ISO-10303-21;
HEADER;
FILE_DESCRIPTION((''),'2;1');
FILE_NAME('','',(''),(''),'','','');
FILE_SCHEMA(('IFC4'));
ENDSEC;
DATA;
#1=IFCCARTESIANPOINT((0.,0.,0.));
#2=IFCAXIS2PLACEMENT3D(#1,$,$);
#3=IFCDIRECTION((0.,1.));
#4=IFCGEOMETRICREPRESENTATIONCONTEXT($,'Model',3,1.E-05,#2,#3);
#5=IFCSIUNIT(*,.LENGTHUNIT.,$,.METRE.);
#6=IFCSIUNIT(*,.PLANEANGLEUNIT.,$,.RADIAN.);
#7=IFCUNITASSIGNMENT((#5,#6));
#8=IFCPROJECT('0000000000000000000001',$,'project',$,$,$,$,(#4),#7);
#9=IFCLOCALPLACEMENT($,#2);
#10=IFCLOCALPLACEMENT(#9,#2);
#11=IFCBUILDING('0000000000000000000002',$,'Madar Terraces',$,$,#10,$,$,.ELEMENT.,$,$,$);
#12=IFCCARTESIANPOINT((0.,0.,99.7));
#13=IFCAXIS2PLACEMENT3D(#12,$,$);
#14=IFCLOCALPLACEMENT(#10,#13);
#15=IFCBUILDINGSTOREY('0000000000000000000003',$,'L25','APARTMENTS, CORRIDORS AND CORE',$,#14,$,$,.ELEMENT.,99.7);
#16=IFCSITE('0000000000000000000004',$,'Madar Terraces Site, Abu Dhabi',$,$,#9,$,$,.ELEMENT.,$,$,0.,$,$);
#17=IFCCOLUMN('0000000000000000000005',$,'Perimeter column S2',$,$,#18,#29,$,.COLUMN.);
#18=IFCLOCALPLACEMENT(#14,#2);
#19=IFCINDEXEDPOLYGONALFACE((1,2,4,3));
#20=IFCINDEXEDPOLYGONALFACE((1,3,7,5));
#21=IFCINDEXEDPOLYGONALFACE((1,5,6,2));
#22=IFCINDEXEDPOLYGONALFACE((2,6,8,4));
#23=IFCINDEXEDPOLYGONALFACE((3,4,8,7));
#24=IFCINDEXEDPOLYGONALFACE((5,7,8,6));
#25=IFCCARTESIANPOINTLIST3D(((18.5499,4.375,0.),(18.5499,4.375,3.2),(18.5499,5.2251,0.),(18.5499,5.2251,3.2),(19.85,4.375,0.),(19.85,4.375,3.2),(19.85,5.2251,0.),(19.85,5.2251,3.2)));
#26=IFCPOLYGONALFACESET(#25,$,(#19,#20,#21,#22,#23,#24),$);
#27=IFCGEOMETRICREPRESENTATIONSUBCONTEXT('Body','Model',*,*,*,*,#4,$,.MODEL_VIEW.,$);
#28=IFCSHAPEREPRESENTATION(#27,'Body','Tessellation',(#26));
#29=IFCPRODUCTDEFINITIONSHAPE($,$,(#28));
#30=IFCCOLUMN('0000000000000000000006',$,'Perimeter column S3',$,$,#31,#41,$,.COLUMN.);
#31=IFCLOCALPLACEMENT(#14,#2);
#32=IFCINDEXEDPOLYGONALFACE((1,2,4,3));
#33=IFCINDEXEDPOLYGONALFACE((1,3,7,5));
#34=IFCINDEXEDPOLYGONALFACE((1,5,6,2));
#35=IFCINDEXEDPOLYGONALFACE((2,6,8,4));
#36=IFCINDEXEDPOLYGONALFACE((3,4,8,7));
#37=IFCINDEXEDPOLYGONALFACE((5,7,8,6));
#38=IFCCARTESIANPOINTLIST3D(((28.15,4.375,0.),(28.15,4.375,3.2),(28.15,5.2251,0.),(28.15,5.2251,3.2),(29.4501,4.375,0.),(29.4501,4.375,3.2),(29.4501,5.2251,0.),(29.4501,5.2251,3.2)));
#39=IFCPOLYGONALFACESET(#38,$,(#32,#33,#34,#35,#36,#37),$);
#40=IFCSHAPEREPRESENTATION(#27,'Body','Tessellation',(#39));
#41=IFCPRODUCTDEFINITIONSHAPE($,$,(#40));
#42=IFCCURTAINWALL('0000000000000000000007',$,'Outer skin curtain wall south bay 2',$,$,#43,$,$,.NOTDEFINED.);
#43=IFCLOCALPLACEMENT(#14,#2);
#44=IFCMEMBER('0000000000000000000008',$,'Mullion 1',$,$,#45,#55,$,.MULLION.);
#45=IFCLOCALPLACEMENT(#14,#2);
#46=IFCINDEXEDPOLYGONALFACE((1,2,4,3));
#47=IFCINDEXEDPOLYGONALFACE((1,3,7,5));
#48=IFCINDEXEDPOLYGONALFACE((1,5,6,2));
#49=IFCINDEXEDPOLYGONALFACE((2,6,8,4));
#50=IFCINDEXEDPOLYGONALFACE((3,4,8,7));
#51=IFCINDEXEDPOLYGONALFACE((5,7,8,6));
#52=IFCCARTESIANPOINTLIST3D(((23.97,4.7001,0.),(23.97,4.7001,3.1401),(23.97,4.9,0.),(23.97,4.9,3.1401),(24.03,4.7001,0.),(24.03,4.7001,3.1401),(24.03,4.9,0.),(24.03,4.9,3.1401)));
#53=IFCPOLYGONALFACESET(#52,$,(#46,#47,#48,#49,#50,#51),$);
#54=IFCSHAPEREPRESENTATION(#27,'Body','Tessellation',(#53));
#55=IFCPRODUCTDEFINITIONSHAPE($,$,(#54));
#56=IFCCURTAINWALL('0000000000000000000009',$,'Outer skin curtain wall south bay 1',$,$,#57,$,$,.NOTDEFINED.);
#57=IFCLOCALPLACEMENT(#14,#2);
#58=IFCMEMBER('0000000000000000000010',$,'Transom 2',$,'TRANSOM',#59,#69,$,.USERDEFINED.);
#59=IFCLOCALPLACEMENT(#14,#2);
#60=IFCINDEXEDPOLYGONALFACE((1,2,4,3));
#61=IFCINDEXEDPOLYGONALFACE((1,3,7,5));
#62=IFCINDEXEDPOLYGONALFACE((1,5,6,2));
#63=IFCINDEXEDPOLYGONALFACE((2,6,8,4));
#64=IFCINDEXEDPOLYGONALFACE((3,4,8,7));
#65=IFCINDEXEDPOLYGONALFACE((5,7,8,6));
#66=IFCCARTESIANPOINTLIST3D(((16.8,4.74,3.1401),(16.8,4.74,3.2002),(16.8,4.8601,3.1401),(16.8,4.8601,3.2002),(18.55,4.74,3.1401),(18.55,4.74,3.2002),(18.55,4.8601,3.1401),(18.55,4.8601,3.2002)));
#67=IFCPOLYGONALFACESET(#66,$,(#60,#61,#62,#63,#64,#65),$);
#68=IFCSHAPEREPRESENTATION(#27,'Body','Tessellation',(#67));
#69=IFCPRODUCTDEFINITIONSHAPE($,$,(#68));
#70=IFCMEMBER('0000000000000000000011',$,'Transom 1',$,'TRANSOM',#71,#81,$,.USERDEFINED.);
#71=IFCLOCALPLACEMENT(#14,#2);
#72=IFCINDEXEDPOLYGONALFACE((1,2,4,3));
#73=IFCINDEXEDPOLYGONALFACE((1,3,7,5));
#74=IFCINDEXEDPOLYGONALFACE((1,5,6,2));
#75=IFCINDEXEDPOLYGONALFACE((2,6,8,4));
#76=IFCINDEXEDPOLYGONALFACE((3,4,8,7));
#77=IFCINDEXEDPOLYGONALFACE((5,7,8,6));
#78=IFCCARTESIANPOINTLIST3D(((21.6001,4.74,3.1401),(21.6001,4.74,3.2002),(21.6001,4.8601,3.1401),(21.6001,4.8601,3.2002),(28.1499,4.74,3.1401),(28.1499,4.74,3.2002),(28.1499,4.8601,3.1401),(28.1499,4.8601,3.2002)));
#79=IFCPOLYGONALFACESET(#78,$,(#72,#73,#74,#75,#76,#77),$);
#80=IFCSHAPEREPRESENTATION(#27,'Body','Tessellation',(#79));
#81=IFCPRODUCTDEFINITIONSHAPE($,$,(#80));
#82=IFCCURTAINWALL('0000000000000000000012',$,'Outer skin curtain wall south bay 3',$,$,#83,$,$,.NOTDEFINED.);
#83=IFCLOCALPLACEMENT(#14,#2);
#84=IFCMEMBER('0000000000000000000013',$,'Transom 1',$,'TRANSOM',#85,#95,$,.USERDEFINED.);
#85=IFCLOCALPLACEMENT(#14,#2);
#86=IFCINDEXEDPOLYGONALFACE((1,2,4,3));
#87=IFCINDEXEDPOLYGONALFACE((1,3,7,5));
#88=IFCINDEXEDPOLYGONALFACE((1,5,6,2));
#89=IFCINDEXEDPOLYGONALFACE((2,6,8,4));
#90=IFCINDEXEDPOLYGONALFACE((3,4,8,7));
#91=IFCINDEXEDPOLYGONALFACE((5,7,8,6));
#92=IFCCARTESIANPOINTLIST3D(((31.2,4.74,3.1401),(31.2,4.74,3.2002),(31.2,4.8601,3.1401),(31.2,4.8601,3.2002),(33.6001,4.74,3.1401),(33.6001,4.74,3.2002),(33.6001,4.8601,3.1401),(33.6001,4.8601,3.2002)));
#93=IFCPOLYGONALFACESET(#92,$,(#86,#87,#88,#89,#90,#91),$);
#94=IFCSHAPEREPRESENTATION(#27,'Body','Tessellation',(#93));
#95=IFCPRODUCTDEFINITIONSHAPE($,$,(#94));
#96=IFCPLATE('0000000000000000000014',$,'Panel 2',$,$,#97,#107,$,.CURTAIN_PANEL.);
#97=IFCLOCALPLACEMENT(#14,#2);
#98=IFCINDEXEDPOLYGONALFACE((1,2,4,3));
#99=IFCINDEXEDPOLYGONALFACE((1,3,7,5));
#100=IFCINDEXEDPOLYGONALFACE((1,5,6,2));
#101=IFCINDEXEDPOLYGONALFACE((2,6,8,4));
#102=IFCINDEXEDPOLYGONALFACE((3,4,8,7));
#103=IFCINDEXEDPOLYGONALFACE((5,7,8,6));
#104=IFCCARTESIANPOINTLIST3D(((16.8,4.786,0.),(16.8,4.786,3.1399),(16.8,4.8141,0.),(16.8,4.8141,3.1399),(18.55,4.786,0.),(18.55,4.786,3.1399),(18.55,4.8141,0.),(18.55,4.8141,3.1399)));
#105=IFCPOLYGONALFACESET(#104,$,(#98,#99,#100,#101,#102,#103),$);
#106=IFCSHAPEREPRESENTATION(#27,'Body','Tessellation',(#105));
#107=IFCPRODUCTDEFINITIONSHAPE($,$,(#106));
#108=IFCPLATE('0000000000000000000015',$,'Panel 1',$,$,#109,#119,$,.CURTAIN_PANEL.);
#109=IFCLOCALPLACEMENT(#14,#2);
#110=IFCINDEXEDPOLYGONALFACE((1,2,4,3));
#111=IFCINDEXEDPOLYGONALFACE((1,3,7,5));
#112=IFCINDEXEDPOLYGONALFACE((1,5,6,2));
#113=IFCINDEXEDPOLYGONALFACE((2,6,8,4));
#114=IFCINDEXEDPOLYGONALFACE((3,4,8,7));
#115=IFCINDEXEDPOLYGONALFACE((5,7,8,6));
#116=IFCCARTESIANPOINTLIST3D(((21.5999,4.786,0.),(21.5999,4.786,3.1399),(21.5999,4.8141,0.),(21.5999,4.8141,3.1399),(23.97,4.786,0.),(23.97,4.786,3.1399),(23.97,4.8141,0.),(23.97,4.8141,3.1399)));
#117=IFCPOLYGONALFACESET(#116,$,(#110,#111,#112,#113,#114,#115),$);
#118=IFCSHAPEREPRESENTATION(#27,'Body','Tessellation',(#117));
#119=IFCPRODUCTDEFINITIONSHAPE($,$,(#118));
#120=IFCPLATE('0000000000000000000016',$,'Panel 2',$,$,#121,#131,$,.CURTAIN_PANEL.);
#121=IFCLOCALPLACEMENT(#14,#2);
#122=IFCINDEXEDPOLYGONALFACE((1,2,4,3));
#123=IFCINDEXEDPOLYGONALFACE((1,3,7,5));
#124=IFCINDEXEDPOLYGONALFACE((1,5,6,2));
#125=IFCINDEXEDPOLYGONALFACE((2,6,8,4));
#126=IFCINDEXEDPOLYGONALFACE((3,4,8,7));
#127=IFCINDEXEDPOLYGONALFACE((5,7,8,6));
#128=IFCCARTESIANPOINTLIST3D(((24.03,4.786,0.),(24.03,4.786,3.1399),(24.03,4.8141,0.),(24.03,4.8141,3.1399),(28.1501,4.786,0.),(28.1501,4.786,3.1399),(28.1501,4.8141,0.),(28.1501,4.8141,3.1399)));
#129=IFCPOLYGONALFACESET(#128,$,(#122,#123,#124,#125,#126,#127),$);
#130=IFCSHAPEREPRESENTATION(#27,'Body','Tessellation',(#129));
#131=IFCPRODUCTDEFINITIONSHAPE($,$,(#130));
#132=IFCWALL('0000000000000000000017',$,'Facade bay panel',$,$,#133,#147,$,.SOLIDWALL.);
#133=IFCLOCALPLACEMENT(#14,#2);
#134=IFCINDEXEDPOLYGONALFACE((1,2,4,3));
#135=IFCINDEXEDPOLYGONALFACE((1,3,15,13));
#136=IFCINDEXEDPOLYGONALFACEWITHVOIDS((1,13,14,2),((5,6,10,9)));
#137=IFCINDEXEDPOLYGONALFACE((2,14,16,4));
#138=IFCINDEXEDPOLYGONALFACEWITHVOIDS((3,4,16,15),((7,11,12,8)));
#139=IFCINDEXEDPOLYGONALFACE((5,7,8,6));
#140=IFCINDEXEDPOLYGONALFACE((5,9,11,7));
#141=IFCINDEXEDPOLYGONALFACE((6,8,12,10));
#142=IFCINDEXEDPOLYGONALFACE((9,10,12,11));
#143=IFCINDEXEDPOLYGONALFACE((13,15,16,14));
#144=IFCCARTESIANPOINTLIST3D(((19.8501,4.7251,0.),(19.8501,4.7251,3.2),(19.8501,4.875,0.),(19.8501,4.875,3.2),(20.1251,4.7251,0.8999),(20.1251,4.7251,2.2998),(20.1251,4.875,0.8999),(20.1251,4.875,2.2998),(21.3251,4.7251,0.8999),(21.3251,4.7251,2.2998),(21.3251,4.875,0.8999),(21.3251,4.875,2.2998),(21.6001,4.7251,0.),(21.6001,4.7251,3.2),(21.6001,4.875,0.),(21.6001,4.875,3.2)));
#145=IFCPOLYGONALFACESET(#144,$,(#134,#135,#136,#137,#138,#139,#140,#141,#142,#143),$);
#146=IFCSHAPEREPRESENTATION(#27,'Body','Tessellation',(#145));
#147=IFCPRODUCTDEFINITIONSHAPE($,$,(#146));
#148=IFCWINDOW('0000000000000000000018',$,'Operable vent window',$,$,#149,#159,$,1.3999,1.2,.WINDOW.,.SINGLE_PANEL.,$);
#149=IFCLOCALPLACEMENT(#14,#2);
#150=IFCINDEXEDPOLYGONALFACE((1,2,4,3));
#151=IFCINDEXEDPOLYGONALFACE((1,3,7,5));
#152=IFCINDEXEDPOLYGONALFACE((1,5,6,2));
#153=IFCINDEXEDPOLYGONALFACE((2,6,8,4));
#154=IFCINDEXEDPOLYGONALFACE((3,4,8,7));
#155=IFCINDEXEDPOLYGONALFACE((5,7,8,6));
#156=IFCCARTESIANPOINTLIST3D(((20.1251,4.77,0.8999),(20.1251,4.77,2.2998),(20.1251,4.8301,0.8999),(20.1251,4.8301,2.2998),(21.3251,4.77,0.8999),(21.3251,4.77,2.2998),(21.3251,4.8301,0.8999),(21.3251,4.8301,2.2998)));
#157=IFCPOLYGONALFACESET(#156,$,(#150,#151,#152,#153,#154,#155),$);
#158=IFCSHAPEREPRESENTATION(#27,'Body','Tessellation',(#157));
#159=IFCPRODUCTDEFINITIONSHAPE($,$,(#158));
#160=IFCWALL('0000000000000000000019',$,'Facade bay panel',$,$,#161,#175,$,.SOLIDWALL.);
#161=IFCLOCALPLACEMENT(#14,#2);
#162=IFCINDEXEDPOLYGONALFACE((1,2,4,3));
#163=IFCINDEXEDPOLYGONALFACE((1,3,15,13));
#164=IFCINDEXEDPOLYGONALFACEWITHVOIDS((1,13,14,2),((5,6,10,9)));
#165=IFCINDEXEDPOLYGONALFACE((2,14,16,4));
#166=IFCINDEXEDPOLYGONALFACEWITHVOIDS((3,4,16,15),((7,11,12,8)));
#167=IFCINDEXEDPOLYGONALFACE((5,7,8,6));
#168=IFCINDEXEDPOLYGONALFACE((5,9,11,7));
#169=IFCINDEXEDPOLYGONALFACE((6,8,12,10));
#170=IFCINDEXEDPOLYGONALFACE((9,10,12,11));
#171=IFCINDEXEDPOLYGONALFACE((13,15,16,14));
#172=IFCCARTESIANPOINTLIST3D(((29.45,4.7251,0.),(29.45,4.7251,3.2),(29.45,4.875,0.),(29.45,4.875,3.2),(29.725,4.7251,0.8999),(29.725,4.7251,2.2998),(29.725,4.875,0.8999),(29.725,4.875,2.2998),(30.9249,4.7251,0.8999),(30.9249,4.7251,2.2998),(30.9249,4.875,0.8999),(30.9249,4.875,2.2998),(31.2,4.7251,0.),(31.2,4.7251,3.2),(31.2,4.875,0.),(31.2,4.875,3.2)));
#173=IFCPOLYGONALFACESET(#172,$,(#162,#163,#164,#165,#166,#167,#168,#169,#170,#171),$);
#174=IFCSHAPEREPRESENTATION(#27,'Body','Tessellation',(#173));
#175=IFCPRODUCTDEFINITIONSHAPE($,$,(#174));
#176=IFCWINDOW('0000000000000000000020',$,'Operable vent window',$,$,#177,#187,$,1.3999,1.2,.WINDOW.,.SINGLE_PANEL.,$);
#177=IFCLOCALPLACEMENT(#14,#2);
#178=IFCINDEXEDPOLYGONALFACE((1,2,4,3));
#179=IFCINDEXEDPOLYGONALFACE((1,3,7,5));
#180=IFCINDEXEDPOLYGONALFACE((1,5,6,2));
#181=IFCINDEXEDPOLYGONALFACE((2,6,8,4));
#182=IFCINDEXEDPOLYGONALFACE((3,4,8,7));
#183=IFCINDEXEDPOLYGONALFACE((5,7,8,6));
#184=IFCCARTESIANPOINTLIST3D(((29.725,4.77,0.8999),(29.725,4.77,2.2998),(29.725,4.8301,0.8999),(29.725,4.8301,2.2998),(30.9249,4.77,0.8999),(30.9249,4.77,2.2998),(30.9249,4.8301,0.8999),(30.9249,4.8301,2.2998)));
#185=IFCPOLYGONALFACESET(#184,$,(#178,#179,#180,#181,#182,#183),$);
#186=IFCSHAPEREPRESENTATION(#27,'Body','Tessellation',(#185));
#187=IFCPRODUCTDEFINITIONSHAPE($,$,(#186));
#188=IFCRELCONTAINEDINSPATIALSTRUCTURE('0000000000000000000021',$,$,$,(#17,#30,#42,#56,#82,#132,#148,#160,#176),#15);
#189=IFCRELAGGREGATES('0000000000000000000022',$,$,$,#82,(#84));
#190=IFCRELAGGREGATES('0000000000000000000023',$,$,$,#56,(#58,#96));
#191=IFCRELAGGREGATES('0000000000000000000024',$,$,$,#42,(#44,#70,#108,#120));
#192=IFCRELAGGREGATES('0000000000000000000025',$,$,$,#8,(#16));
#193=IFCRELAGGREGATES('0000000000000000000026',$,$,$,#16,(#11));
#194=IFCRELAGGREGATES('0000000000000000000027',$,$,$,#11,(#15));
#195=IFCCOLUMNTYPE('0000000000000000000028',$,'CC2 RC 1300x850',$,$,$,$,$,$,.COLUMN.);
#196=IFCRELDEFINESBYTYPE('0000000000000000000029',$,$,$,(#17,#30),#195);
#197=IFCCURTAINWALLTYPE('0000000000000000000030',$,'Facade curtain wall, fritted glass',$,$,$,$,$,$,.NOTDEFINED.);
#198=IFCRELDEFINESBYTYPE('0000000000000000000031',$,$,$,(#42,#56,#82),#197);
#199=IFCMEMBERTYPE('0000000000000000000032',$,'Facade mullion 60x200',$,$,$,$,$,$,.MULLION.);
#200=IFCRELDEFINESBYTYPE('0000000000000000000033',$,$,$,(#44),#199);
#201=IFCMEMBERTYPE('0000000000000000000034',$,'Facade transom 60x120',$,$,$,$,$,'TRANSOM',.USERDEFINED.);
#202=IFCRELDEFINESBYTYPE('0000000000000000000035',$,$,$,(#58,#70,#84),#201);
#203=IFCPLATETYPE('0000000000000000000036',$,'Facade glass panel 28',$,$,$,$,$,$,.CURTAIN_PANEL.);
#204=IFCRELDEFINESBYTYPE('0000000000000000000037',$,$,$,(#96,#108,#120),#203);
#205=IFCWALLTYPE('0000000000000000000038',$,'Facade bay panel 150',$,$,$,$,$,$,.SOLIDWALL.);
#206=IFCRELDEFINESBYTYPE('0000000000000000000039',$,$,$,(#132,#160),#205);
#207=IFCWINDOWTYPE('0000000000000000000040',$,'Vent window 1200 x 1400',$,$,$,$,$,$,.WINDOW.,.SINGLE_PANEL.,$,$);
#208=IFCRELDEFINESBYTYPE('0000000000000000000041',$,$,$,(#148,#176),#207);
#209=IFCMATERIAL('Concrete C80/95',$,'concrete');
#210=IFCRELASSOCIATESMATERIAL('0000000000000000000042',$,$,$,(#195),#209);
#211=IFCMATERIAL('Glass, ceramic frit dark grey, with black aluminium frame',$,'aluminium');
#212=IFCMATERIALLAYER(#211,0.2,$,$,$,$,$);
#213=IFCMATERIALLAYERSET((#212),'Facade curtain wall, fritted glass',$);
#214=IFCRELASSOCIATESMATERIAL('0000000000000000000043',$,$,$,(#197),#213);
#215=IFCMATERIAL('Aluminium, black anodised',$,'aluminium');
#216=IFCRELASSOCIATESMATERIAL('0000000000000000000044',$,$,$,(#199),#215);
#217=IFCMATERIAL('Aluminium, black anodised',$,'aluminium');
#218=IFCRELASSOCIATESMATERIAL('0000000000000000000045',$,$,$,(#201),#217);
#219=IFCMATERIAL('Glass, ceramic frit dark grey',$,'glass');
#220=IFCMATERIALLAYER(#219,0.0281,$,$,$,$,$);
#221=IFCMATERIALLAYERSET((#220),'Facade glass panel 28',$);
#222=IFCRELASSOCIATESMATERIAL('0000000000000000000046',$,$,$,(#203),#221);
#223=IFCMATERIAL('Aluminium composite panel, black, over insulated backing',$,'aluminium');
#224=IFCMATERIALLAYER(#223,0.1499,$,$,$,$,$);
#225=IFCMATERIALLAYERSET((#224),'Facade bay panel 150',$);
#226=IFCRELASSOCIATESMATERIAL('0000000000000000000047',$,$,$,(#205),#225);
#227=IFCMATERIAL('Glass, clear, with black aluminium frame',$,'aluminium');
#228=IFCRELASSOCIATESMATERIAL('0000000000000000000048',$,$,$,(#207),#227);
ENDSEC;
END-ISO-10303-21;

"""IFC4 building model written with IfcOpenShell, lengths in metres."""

from ifc_helpers import new_model, si_unit, direction, frame, frame_2d, origin, origin_2d, place, context, subcontext, project, spatial, rectangle, extrude, material, layer, layer_set, material_profile, profile_set, type_object, element, fill, aggregate, save


model = new_model("IFC4")

# Units and contexts
model_context = context("Model", 3, precision=1e-05, world=origin(), true_north=direction((0.0, 1.0)))
body_context = subcontext(model_context, "Body", "Model", "MODEL_VIEW")
ifc_project = project(units=[si_unit("LENGTHUNIT", "METRE"), si_unit("PLANEANGLEUNIT", "RADIAN")], contexts=[model_context])

# Site, building, storey
site_placement = place(None, origin())
site = spatial("IfcSite", under=ifc_project, at=site_placement, Name="Madar Terraces Site, Abu Dhabi", CompositionType="ELEMENT", RefElevation=0.0)
building_placement = place(site_placement, origin())
building = spatial("IfcBuilding", under=site, at=building_placement, Name="Madar Terraces", CompositionType="ELEMENT")
storey_placement = place(building_placement, frame((0.0, 0.0, 99.7)))
storey = spatial("IfcBuildingStorey", under=building, at=storey_placement, Name="L25", Description="APARTMENTS, CORRIDORS AND CORE", CompositionType="ELEMENT", Elevation=99.7)

# Columns
ifc_material_1 = material(Name="Concrete C80/95", Category="concrete")
ifc_material_profile_1 = material_profile(ifc_material_1, rectangle(XDim=1.3, YDim=0.8501, at=origin_2d()), Name="CC2 RC 1300x850")
ifc_profile_set_1 = profile_set([ifc_material_profile_1], Name="Concrete C80/95")
column_type = type_object("IfcColumnType", Name="CC2 RC 1300x850", PredefinedType="COLUMN", material=ifc_profile_set_1)
for number, where, z_axis, x_axis, name in (
    (1, (19.2, 4.8, 0.0), (0.0, 0.0, 1.0), (1.0, 0.0, 0.0), "Perimeter column S2"),
    (2, (28.8, 4.8, 0.0), (0.0, 0.0, 1.0), (1.0, 0.0, 0.0), "Perimeter column S3"),
):
    element("IfcColumn", number, at=place(storey_placement, frame(where, z_axis=z_axis, x_axis=x_axis)), inside=storey, type_object=column_type, Name=name, PredefinedType="COLUMN", context=body_context, shape_type="SweptSolid", body=[
        extrude(rectangle(XDim=1.3, YDim=0.8501, at=origin_2d()), origin(), (0.0, 0.0, 1.0), 3.2),
    ])

# Curtain walls, members
ifc_material_2 = material(Name="Glass, ceramic frit dark grey, with black aluminium frame", Category="aluminium")
ifc_layer_1 = layer(ifc_material_2, 0.2)
ifc_layer_set_1 = layer_set([ifc_layer_1], Name="Facade curtain wall, fritted glass")
curtain_wall_type = type_object("IfcCurtainWallType", Name="Facade curtain wall, fritted glass", PredefinedType="NOTDEFINED", material=ifc_layer_set_1)
curtain_wall_1_placement = place(storey_placement, origin())
curtain_wall_1 = element("IfcCurtainWall", 3, at=curtain_wall_1_placement, inside=storey, type_object=curtain_wall_type, Name="Outer skin curtain wall south bay 2", PredefinedType="NOTDEFINED")
ifc_material_3 = material(Name="Aluminium, black anodised", Category="aluminium")
ifc_material_profile_2 = material_profile(ifc_material_3, rectangle(XDim=0.2, YDim=0.0601, at=origin_2d()), Name="Facade mullion 60x200")
ifc_profile_set_2 = profile_set([ifc_material_profile_2], Name="Aluminium, black anodised")
member_type_1 = type_object("IfcMemberType", Name="Facade mullion 60x200", PredefinedType="MULLION", material=ifc_profile_set_2)
member_1_placement = place(storey_placement, frame((24.0, 4.8, 0.0), z_axis=(0.0, 0.0, 1.0), x_axis=(0.0, 1.0, 0.0)))
member_1 = element("IfcMember", 4, at=member_1_placement, type_object=member_type_1, Name="Mullion 1", PredefinedType="MULLION", context=body_context, shape_type="SweptSolid", body=[
    extrude(rectangle(XDim=0.2, YDim=0.0601, at=origin_2d()), origin(), (0.0, 0.0, 1.0), 3.1401),
])
curtain_wall_2_placement = place(storey_placement, origin())
curtain_wall_2 = element("IfcCurtainWall", 5, at=curtain_wall_2_placement, inside=storey, type_object=curtain_wall_type, Name="Outer skin curtain wall south bay 1", PredefinedType="NOTDEFINED")
ifc_material_4 = material(Name="Aluminium, black anodised", Category="aluminium")
ifc_material_profile_3 = material_profile(ifc_material_4, rectangle(XDim=0.1201, YDim=0.0601, at=origin_2d()), Name="Facade transom 60x120")
ifc_profile_set_3 = profile_set([ifc_material_profile_3], Name="Aluminium, black anodised")
member_type_2 = type_object("IfcMemberType", Name="Facade transom 60x120", ElementType="TRANSOM", PredefinedType="USERDEFINED", material=ifc_profile_set_3)
member_2_placement = place(storey_placement, frame((16.8, 4.8, 3.1702), z_axis=(1.0, 0.0, 0.0), x_axis=(0.0, 1.0, 0.0)))
member_2 = element("IfcMember", 6, at=member_2_placement, type_object=member_type_2, Name="Transom 2", ObjectType="TRANSOM", PredefinedType="USERDEFINED", context=body_context, shape_type="SweptSolid", body=[
    extrude(rectangle(XDim=0.1201, YDim=0.0601, at=origin_2d()), origin(), (0.0, 0.0, 1.0), 1.75),
])

# Member
member_3_placement = place(storey_placement, frame((21.6001, 4.8, 3.1702), z_axis=(1.0, 0.0, 0.0), x_axis=(0.0, 1.0, 0.0)))
member_3 = element("IfcMember", 7, at=member_3_placement, type_object=member_type_2, Name="Transom 1", ObjectType="TRANSOM", PredefinedType="USERDEFINED", context=body_context, shape_type="SweptSolid", body=[
    extrude(rectangle(XDim=0.1201, YDim=0.0601, at=origin_2d()), origin(), (0.0, 0.0, 1.0), 6.5498),
])

# Curtain wall, member
curtain_wall_3_placement = place(storey_placement, origin())
curtain_wall_3 = element("IfcCurtainWall", 8, at=curtain_wall_3_placement, inside=storey, type_object=curtain_wall_type, Name="Outer skin curtain wall south bay 3", PredefinedType="NOTDEFINED")
member_4_placement = place(storey_placement, frame((31.2, 4.8, 3.1702), z_axis=(1.0, 0.0, 0.0), x_axis=(0.0, 1.0, 0.0)))
member_4 = element("IfcMember", 9, at=member_4_placement, type_object=member_type_2, Name="Transom 1", ObjectType="TRANSOM", PredefinedType="USERDEFINED", context=body_context, shape_type="SweptSolid", body=[
    extrude(rectangle(XDim=0.1201, YDim=0.0601, at=origin_2d()), origin(), (0.0, 0.0, 1.0), 2.4001),
])
aggregate(curtain_wall_3, [member_4])

# Plates
ifc_material_5 = material(Name="Glass, ceramic frit dark grey", Category="glass")
ifc_layer_2 = layer(ifc_material_5, 0.0281)
ifc_layer_set_2 = layer_set([ifc_layer_2], Name="Facade glass panel 28")
plate_type = type_object("IfcPlateType", Name="Facade glass panel 28", PredefinedType="CURTAIN_PANEL", material=ifc_layer_set_2)
plate_1_placement = place(storey_placement, frame((17.675, 4.8, 0.0), z_axis=(0.0, 0.0, 1.0), x_axis=(1.0, 0.0, 0.0)))
plate_1 = element("IfcPlate", 10, at=plate_1_placement, type_object=plate_type, Name="Panel 2", PredefinedType="CURTAIN_PANEL", context=body_context, shape_type="SweptSolid", body=[
    extrude(rectangle(XDim=1.75, YDim=0.0281, at=origin_2d()), origin(), (0.0, 0.0, 1.0), 3.1399),
])
aggregate(curtain_wall_2, [member_2, plate_1])
plate_2_placement = place(storey_placement, frame((22.7849, 4.8, 0.0), z_axis=(0.0, 0.0, 1.0), x_axis=(1.0, 0.0, 0.0)))
plate_2 = element("IfcPlate", 11, at=plate_2_placement, type_object=plate_type, Name="Panel 1", PredefinedType="CURTAIN_PANEL", context=body_context, shape_type="SweptSolid", body=[
    extrude(rectangle(XDim=2.3701, YDim=0.0281, at=origin_2d()), origin(), (0.0, 0.0, 1.0), 3.1399),
])
plate_3_placement = place(storey_placement, frame((26.0901, 4.8, 0.0), z_axis=(0.0, 0.0, 1.0), x_axis=(1.0, 0.0, 0.0)))
plate_3 = element("IfcPlate", 12, at=plate_3_placement, type_object=plate_type, Name="Panel 2", PredefinedType="CURTAIN_PANEL", context=body_context, shape_type="SweptSolid", body=[
    extrude(rectangle(XDim=4.1201, YDim=0.0281, at=origin_2d()), origin(), (0.0, 0.0, 1.0), 3.1399),
])
aggregate(curtain_wall_1, [member_1, member_3, plate_2, plate_3])

# Shared definitions
ifc_material_6 = material(Name="Aluminium composite panel, black, over insulated backing", Category="aluminium")
ifc_layer_3 = layer(ifc_material_6, 0.1499)
ifc_layer_set_3 = layer_set([ifc_layer_3], Name="Facade bay panel 150")
wall_type_1 = type_object("IfcWallType", Name="Facade bay panel 150", PredefinedType="SOLIDWALL", material=ifc_layer_set_3)

# Walls, openings, windows
wall_1_placement = place(storey_placement, frame((19.8501, 4.8, 0.0), z_axis=(0.0, 0.0, 1.0), x_axis=(1.0, 0.0, 0.0)))
wall_1 = element("IfcWall", 13, at=wall_1_placement, inside=storey, type_object=wall_type_1, Name="Facade bay panel", PredefinedType="SOLIDWALL", context=body_context, shape_type="SweptSolid", body=[
    extrude(rectangle(XDim=1.75, YDim=0.1499, at=frame_2d((0.875, 0.0))), origin(), (0.0, 0.0, 1.0), 3.2),
])
opening_1_placement = place(wall_1_placement, frame((0.2749, 0.0, 0.8999)))
opening_1 = element("IfcOpeningElement", 14, at=opening_1_placement, cuts=wall_1, PredefinedType="OPENING", context=body_context, shape_type="SweptSolid", body=[
    extrude(rectangle(XDim=1.2, YDim=1.3999, at=frame_2d((0.6001, 0.7))), frame((0.0, 0.085, 0.0), z_axis=(0.0, -1.0, 0.0), x_axis=(1.0, 0.0, 0.0)), (0.0, 0.0, 1.0), 0.1699),
])
ifc_material_7 = material(Name="Glass, clear, with black aluminium frame", Category="aluminium")
window_type = type_object("IfcWindowType", Name="Vent window 1200 x 1400", PartitioningType="SINGLE_PANEL", PredefinedType="WINDOW", material=ifc_material_7)
window_1_placement = place(opening_1_placement, origin())
window_1 = element("IfcWindow", 15, at=window_1_placement, inside=storey, type_object=window_type, Name="Operable vent window", OverallHeight=1.3999, OverallWidth=1.2, PartitioningType="SINGLE_PANEL", PredefinedType="WINDOW", context=body_context, shape_type="SweptSolid", body=[
    extrude(rectangle(XDim=1.2, YDim=1.3999, at=frame_2d((0.6001, 0.7))), frame((0.0, 0.03, 0.0), z_axis=(0.0, -1.0, 0.0), x_axis=(1.0, 0.0, 0.0)), (0.0, 0.0, 1.0), 0.0601),
])
fill(opening_1, window_1)
wall_2_placement = place(storey_placement, frame((29.45, 4.8, 0.0), z_axis=(0.0, 0.0, 1.0), x_axis=(1.0, 0.0, 0.0)))
wall_2 = element("IfcWall", 16, at=wall_2_placement, inside=storey, type_object=wall_type_1, Name="Facade bay panel", PredefinedType="SOLIDWALL", context=body_context, shape_type="SweptSolid", body=[
    extrude(rectangle(XDim=1.75, YDim=0.1499, at=frame_2d((0.875, 0.0))), origin(), (0.0, 0.0, 1.0), 3.2),
])
opening_2_placement = place(wall_2_placement, frame((0.2749, 0.0, 0.8999)))
opening_2 = element("IfcOpeningElement", 17, at=opening_2_placement, cuts=wall_2, PredefinedType="OPENING", context=body_context, shape_type="SweptSolid", body=[
    extrude(rectangle(XDim=1.2, YDim=1.3999, at=frame_2d((0.6001, 0.7))), frame((0.0, 0.085, 0.0), z_axis=(0.0, -1.0, 0.0), x_axis=(1.0, 0.0, 0.0)), (0.0, 0.0, 1.0), 0.1699),
])
window_2_placement = place(opening_2_placement, origin())
window_2 = element("IfcWindow", 18, at=window_2_placement, inside=storey, type_object=window_type, Name="Operable vent window", OverallHeight=1.3999, OverallWidth=1.2, PartitioningType="SINGLE_PANEL", PredefinedType="WINDOW", context=body_context, shape_type="SweptSolid", body=[
    extrude(rectangle(XDim=1.2, YDim=1.3999, at=frame_2d((0.6001, 0.7))), frame((0.0, 0.03, 0.0), z_axis=(0.0, -1.0, 0.0), x_axis=(1.0, 0.0, 0.0)), (0.0, 0.0, 1.0), 0.0601),
])
fill(opening_2, window_2)

save(model, "model.ifc")
